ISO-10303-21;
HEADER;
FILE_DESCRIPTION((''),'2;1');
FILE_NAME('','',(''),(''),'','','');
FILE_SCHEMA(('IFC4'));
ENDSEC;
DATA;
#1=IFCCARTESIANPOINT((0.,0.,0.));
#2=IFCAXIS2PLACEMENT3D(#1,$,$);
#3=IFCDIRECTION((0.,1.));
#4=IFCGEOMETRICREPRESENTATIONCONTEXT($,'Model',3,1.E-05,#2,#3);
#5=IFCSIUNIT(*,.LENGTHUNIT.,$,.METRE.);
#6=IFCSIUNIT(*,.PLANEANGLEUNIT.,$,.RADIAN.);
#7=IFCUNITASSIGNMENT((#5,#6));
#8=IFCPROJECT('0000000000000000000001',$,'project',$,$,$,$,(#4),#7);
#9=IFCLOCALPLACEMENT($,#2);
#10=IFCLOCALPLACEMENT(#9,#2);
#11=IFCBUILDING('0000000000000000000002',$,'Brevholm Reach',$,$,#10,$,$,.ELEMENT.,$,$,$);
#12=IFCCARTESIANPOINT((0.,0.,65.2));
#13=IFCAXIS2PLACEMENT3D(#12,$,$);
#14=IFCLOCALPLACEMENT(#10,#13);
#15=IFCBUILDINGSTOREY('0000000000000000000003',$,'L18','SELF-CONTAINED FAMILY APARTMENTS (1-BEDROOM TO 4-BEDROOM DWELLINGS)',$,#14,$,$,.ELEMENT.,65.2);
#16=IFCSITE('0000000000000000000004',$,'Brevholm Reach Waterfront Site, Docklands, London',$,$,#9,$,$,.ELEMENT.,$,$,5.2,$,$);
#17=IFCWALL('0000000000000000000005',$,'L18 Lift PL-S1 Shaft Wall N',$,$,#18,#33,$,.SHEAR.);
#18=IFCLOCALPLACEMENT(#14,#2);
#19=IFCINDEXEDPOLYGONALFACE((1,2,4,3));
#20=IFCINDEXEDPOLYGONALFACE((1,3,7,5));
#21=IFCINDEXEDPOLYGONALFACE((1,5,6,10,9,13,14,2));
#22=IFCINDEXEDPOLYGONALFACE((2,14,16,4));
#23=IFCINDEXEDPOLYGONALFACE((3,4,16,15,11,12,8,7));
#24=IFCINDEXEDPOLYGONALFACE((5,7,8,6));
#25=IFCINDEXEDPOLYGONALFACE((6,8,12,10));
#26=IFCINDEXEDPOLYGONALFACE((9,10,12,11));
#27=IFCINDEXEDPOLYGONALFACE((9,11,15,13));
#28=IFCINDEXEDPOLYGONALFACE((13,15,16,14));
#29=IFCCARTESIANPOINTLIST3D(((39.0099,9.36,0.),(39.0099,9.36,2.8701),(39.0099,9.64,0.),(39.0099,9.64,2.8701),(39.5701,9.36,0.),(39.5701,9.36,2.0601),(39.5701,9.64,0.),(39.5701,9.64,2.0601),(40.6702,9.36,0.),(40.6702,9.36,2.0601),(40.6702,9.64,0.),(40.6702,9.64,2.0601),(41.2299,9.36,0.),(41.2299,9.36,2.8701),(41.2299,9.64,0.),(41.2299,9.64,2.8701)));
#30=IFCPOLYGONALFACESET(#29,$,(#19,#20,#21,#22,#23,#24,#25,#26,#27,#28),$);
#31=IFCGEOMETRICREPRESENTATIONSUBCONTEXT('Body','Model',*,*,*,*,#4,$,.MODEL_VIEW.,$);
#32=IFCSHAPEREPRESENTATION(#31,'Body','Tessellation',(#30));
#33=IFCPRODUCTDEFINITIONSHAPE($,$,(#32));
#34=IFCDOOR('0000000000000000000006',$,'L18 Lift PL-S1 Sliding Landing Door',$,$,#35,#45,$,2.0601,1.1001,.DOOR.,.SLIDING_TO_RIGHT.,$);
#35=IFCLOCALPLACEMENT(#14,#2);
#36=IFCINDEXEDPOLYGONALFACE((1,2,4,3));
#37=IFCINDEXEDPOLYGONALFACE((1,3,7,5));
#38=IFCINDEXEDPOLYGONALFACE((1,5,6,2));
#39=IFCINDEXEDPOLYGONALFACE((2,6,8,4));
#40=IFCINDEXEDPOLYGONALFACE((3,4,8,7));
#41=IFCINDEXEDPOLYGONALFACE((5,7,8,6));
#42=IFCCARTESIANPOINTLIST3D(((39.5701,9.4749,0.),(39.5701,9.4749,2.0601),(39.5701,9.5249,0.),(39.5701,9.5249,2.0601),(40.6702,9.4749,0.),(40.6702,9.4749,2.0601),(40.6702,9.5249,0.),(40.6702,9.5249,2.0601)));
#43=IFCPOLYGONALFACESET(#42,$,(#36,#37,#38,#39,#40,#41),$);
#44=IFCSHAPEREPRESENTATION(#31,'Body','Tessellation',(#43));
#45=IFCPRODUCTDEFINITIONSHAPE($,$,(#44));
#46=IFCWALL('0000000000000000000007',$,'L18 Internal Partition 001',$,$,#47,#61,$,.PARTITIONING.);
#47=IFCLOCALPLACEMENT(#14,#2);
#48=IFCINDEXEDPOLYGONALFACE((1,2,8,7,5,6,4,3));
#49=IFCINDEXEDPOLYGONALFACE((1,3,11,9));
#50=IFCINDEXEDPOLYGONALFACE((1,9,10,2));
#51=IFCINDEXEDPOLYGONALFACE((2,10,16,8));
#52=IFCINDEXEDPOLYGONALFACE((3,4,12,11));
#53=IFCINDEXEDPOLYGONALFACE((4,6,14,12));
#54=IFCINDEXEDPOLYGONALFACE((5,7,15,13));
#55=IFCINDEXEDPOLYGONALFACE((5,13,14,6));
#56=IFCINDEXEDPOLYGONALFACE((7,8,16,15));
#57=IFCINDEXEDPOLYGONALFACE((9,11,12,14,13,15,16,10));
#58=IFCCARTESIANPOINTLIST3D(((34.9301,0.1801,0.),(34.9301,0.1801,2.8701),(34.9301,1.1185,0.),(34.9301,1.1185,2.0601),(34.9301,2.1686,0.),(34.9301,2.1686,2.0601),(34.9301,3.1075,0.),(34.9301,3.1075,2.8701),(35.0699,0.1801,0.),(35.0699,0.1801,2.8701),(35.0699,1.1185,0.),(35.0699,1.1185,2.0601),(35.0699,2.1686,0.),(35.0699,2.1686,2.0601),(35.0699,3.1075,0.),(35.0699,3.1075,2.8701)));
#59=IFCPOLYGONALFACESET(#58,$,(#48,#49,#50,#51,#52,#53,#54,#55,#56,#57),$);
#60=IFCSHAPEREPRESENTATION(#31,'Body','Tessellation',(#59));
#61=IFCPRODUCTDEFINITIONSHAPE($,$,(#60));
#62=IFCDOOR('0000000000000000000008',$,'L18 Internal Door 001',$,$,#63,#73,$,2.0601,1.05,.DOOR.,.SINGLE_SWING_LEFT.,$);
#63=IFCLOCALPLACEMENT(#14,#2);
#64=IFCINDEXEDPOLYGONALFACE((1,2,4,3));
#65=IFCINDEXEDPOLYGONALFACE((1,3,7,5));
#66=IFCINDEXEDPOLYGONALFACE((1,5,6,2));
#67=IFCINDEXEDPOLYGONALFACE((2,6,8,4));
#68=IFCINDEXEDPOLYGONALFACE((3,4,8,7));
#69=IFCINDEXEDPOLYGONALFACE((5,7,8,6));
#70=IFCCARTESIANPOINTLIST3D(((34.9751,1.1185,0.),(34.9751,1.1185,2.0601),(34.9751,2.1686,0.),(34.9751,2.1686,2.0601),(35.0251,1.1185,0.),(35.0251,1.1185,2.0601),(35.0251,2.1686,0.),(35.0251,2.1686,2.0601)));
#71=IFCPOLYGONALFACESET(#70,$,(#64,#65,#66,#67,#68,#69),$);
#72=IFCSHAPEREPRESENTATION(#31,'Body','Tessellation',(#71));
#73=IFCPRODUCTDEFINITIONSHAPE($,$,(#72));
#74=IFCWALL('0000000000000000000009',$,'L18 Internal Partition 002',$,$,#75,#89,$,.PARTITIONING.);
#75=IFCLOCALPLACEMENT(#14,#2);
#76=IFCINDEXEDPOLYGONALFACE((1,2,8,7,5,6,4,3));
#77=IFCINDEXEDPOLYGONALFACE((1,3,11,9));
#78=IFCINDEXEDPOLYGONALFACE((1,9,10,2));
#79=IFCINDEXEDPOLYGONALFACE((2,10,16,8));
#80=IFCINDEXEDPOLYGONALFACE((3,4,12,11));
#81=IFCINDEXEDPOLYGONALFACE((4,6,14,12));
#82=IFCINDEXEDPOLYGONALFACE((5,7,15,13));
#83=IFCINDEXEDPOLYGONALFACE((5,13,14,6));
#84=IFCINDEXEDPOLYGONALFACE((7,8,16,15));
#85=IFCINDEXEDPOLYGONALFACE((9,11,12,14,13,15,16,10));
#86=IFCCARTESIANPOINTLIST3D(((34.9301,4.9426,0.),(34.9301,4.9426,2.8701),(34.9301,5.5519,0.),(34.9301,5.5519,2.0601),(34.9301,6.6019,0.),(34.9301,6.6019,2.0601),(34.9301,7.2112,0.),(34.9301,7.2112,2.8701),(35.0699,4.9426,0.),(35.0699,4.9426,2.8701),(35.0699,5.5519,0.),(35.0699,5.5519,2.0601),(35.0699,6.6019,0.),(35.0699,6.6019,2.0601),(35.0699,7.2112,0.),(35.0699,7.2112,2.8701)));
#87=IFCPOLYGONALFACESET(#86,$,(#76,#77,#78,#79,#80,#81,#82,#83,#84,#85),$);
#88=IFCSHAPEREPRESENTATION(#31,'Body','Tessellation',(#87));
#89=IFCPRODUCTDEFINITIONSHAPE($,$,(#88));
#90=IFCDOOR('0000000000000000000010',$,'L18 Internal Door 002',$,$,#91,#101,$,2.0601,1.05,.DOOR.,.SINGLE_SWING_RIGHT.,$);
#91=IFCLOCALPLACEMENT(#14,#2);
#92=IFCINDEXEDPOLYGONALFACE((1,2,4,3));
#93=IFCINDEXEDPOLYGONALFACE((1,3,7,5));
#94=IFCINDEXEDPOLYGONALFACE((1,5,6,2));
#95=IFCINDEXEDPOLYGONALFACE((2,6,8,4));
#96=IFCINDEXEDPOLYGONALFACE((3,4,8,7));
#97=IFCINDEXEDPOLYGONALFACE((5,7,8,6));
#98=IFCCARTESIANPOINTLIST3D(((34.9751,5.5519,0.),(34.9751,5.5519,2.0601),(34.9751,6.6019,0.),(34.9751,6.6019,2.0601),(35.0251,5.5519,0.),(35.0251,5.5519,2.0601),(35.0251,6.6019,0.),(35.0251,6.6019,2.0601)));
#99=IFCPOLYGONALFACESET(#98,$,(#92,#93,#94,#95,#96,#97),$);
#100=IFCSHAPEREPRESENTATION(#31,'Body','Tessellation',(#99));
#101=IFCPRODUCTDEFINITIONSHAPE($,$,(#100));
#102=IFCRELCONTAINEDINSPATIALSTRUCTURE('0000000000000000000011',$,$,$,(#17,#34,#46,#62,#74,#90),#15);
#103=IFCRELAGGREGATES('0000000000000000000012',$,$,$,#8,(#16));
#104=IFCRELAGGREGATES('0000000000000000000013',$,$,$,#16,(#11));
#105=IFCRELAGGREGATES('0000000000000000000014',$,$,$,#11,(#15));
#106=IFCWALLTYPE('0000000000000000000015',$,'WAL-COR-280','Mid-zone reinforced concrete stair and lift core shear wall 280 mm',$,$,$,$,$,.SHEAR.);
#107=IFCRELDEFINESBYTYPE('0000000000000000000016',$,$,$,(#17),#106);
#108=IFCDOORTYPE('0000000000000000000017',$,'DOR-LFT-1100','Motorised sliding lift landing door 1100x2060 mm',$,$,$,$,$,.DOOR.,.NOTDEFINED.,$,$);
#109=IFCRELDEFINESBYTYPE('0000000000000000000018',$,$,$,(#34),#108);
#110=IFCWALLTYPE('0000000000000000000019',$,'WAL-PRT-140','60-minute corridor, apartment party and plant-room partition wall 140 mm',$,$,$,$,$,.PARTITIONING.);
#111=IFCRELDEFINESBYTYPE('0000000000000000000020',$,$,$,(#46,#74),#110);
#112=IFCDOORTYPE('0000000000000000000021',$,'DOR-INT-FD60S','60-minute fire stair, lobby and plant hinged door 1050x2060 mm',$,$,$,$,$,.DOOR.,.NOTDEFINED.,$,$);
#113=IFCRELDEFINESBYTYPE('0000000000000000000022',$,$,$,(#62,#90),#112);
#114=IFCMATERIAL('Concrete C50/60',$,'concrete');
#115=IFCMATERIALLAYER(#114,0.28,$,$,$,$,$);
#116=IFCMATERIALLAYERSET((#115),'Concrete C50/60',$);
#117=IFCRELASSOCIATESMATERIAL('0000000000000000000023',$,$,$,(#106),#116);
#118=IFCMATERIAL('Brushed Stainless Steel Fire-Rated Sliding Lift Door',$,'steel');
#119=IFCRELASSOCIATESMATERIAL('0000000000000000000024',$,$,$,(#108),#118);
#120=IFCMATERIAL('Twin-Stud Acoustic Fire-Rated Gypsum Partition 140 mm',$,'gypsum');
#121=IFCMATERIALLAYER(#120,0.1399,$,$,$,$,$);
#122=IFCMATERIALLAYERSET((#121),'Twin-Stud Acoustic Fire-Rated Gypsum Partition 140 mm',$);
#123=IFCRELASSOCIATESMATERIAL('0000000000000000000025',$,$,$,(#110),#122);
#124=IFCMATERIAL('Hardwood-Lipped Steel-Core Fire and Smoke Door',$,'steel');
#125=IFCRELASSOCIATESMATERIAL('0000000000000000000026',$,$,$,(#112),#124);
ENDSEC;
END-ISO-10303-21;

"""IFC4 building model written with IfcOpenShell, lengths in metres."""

from ifc_helpers import new_model, si_unit, direction, frame, frame_2d, origin, place, context, subcontext, project, spatial, rectangle, extrude, material, layer, layer_set, type_object, element, fill, save


model = new_model("IFC4")

# Units and contexts
model_context = context("Model", 3, precision=1e-05, world=origin(), true_north=direction((0.0, 1.0)))
body_context = subcontext(model_context, "Body", "Model", "MODEL_VIEW")
ifc_project = project(units=[si_unit("LENGTHUNIT", "METRE"), si_unit("PLANEANGLEUNIT", "RADIAN")], contexts=[model_context])

# Site, building, storey
site_placement = place(None, origin())
site = spatial("IfcSite", under=ifc_project, at=site_placement, Name="Brevholm Reach Waterfront Site, Docklands, London", CompositionType="ELEMENT", RefElevation=5.2)
building_placement = place(site_placement, origin())
building = spatial("IfcBuilding", under=site, at=building_placement, Name="Brevholm Reach", CompositionType="ELEMENT")
storey_placement = place(building_placement, frame((0.0, 0.0, 65.2)))
storey = spatial("IfcBuildingStorey", under=building, at=storey_placement, Name="L18", Description="SELF-CONTAINED FAMILY APARTMENTS (1-BEDROOM TO 4-BEDROOM DWELLINGS)", CompositionType="ELEMENT", Elevation=65.2)

# Shared definitions
ifc_material_1 = material(Name="Concrete C50/60", Category="concrete")
ifc_layer_1 = layer(ifc_material_1, 0.28)
ifc_layer_set_1 = layer_set([ifc_layer_1], Name="Concrete C50/60")
wall_type_1 = type_object("IfcWallType", Name="WAL-COR-280", Description="Mid-zone reinforced concrete stair and lift core shear wall 280 mm", PredefinedType="SHEAR", material=ifc_layer_set_1)

# Walls, openings, doors
wall_1_placement = place(storey_placement, frame((39.01, 9.5, 0.0), z_axis=(0.0, 0.0, 1.0), x_axis=(1.0, 0.0, 0.0)))
wall_1 = element("IfcWall", 1, at=wall_1_placement, inside=storey, type_object=wall_type_1, Name="L18 Lift PL-S1 Shaft Wall N", PredefinedType="SHEAR", context=body_context, shape_type="SweptSolid", body=[
    extrude(rectangle(XDim=2.22, YDim=0.28, at=frame_2d((1.1099, 0.0))), origin(), (0.0, 0.0, 1.0), 2.8701),
])
opening_1_placement = place(wall_1_placement, frame((0.5601, 0.0, 0.0)))
opening_1 = element("IfcOpeningElement", 2, at=opening_1_placement, cuts=wall_1, PredefinedType="OPENING", context=body_context, shape_type="SweptSolid", body=[
    extrude(rectangle(XDim=1.1001, YDim=2.0601, at=frame_2d((0.55, 1.03))), frame((0.0, 0.1499, 0.0), z_axis=(0.0, -1.0, 0.0), x_axis=(1.0, 0.0, 0.0)), (0.0, 0.0, 1.0), 0.3),
])
ifc_material_2 = material(Name="Brushed Stainless Steel Fire-Rated Sliding Lift Door", Category="steel")
door_type_1 = type_object("IfcDoorType", Name="DOR-LFT-1100", Description="Motorised sliding lift landing door 1100x2060 mm", OperationType="NOTDEFINED", PredefinedType="DOOR", material=ifc_material_2)
door_1_placement = place(opening_1_placement, origin())
door_1 = element("IfcDoor", 3, at=door_1_placement, inside=storey, type_object=door_type_1, Name="L18 Lift PL-S1 Sliding Landing Door", OperationType="SLIDING_TO_RIGHT", OverallHeight=2.0601, OverallWidth=1.1001, PredefinedType="DOOR", context=body_context, shape_type="SweptSolid", body=[
    extrude(rectangle(XDim=1.1001, YDim=2.0601, at=frame_2d((0.55, 1.03))), frame((0.0, 0.0249, 0.0), z_axis=(0.0, -1.0, 0.0), x_axis=(1.0, 0.0, 0.0)), (0.0, 0.0, 1.0), 0.05),
])
fill(opening_1, door_1)
ifc_material_3 = material(Name="Twin-Stud Acoustic Fire-Rated Gypsum Partition 140 mm", Category="gypsum")
ifc_layer_2 = layer(ifc_material_3, 0.1399)
ifc_layer_set_2 = layer_set([ifc_layer_2], Name="Twin-Stud Acoustic Fire-Rated Gypsum Partition 140 mm")
wall_type_2 = type_object("IfcWallType", Name="WAL-PRT-140", Description="60-minute corridor, apartment party and plant-room partition wall 140 mm", PredefinedType="PARTITIONING", material=ifc_layer_set_2)
wall_2_placement = place(storey_placement, frame((35.0, 0.1799, 0.0), z_axis=(0.0, 0.0, 1.0), x_axis=(0.0, 1.0, 0.0)))
wall_2 = element("IfcWall", 4, at=wall_2_placement, inside=storey, type_object=wall_type_2, Name="L18 Internal Partition 001", PredefinedType="PARTITIONING", context=body_context, shape_type="SweptSolid", body=[
    extrude(rectangle(XDim=2.9275, YDim=0.1399, at=frame_2d((1.4639, 0.0))), origin(), (0.0, 0.0, 1.0), 2.8701),
])
opening_2_placement = place(wall_2_placement, frame((0.9387, 0.0, 0.0)))
opening_2 = element("IfcOpeningElement", 5, at=opening_2_placement, cuts=wall_2, PredefinedType="OPENING", context=body_context, shape_type="SweptSolid", body=[
    extrude(rectangle(XDim=1.05, YDim=2.0601, at=frame_2d((0.5249, 1.03))), frame((0.0, 0.0798, 0.0), z_axis=(0.0, -1.0, 0.0), x_axis=(1.0, 0.0, 0.0)), (0.0, 0.0, 1.0), 0.1599),
])
ifc_material_4 = material(Name="Hardwood-Lipped Steel-Core Fire and Smoke Door", Category="steel")
door_type_2 = type_object("IfcDoorType", Name="DOR-INT-FD60S", Description="60-minute fire stair, lobby and plant hinged door 1050x2060 mm", OperationType="NOTDEFINED", PredefinedType="DOOR", material=ifc_material_4)
door_2_placement = place(opening_2_placement, origin())
door_2 = element("IfcDoor", 6, at=door_2_placement, inside=storey, type_object=door_type_2, Name="L18 Internal Door 001", OperationType="SINGLE_SWING_LEFT", OverallHeight=2.0601, OverallWidth=1.05, PredefinedType="DOOR", context=body_context, shape_type="SweptSolid", body=[
    extrude(rectangle(XDim=1.05, YDim=2.0601, at=frame_2d((0.5249, 1.03))), frame((0.0, 0.0249, 0.0), z_axis=(0.0, -1.0, 0.0), x_axis=(1.0, 0.0, 0.0)), (0.0, 0.0, 1.0), 0.05),
])
fill(opening_2, door_2)
wall_3_placement = place(storey_placement, frame((35.0, 4.9426, 0.0), z_axis=(0.0, 0.0, 1.0), x_axis=(0.0, 1.0, 0.0)))
wall_3 = element("IfcWall", 7, at=wall_3_placement, inside=storey, type_object=wall_type_2, Name="L18 Internal Partition 002", PredefinedType="PARTITIONING", context=body_context, shape_type="SweptSolid", body=[
    extrude(rectangle(XDim=2.2686, YDim=0.1399, at=frame_2d((1.1343, 0.0))), origin(), (0.0, 0.0, 1.0), 2.8701),
])
opening_3_placement = place(wall_3_placement, frame((0.6094, 0.0, 0.0)))
opening_3 = element("IfcOpeningElement", 8, at=opening_3_placement, cuts=wall_3, PredefinedType="OPENING", context=body_context, shape_type="SweptSolid", body=[
    extrude(rectangle(XDim=1.05, YDim=2.0601, at=frame_2d((0.5249, 1.03))), frame((0.0, 0.0798, 0.0), z_axis=(0.0, -1.0, 0.0), x_axis=(1.0, 0.0, 0.0)), (0.0, 0.0, 1.0), 0.1599),
])
door_3_placement = place(opening_3_placement, origin())
door_3 = element("IfcDoor", 9, at=door_3_placement, inside=storey, type_object=door_type_2, Name="L18 Internal Door 002", OperationType="SINGLE_SWING_RIGHT", OverallHeight=2.0601, OverallWidth=1.05, PredefinedType="DOOR", context=body_context, shape_type="SweptSolid", body=[
    extrude(rectangle(XDim=1.05, YDim=2.0601, at=frame_2d((0.5249, 1.03))), frame((0.0, 0.0249, 0.0), z_axis=(0.0, -1.0, 0.0), x_axis=(1.0, 0.0, 0.0)), (0.0, 0.0, 1.0), 0.05),
])
fill(opening_3, door_3)

save(model, "model.ifc")
